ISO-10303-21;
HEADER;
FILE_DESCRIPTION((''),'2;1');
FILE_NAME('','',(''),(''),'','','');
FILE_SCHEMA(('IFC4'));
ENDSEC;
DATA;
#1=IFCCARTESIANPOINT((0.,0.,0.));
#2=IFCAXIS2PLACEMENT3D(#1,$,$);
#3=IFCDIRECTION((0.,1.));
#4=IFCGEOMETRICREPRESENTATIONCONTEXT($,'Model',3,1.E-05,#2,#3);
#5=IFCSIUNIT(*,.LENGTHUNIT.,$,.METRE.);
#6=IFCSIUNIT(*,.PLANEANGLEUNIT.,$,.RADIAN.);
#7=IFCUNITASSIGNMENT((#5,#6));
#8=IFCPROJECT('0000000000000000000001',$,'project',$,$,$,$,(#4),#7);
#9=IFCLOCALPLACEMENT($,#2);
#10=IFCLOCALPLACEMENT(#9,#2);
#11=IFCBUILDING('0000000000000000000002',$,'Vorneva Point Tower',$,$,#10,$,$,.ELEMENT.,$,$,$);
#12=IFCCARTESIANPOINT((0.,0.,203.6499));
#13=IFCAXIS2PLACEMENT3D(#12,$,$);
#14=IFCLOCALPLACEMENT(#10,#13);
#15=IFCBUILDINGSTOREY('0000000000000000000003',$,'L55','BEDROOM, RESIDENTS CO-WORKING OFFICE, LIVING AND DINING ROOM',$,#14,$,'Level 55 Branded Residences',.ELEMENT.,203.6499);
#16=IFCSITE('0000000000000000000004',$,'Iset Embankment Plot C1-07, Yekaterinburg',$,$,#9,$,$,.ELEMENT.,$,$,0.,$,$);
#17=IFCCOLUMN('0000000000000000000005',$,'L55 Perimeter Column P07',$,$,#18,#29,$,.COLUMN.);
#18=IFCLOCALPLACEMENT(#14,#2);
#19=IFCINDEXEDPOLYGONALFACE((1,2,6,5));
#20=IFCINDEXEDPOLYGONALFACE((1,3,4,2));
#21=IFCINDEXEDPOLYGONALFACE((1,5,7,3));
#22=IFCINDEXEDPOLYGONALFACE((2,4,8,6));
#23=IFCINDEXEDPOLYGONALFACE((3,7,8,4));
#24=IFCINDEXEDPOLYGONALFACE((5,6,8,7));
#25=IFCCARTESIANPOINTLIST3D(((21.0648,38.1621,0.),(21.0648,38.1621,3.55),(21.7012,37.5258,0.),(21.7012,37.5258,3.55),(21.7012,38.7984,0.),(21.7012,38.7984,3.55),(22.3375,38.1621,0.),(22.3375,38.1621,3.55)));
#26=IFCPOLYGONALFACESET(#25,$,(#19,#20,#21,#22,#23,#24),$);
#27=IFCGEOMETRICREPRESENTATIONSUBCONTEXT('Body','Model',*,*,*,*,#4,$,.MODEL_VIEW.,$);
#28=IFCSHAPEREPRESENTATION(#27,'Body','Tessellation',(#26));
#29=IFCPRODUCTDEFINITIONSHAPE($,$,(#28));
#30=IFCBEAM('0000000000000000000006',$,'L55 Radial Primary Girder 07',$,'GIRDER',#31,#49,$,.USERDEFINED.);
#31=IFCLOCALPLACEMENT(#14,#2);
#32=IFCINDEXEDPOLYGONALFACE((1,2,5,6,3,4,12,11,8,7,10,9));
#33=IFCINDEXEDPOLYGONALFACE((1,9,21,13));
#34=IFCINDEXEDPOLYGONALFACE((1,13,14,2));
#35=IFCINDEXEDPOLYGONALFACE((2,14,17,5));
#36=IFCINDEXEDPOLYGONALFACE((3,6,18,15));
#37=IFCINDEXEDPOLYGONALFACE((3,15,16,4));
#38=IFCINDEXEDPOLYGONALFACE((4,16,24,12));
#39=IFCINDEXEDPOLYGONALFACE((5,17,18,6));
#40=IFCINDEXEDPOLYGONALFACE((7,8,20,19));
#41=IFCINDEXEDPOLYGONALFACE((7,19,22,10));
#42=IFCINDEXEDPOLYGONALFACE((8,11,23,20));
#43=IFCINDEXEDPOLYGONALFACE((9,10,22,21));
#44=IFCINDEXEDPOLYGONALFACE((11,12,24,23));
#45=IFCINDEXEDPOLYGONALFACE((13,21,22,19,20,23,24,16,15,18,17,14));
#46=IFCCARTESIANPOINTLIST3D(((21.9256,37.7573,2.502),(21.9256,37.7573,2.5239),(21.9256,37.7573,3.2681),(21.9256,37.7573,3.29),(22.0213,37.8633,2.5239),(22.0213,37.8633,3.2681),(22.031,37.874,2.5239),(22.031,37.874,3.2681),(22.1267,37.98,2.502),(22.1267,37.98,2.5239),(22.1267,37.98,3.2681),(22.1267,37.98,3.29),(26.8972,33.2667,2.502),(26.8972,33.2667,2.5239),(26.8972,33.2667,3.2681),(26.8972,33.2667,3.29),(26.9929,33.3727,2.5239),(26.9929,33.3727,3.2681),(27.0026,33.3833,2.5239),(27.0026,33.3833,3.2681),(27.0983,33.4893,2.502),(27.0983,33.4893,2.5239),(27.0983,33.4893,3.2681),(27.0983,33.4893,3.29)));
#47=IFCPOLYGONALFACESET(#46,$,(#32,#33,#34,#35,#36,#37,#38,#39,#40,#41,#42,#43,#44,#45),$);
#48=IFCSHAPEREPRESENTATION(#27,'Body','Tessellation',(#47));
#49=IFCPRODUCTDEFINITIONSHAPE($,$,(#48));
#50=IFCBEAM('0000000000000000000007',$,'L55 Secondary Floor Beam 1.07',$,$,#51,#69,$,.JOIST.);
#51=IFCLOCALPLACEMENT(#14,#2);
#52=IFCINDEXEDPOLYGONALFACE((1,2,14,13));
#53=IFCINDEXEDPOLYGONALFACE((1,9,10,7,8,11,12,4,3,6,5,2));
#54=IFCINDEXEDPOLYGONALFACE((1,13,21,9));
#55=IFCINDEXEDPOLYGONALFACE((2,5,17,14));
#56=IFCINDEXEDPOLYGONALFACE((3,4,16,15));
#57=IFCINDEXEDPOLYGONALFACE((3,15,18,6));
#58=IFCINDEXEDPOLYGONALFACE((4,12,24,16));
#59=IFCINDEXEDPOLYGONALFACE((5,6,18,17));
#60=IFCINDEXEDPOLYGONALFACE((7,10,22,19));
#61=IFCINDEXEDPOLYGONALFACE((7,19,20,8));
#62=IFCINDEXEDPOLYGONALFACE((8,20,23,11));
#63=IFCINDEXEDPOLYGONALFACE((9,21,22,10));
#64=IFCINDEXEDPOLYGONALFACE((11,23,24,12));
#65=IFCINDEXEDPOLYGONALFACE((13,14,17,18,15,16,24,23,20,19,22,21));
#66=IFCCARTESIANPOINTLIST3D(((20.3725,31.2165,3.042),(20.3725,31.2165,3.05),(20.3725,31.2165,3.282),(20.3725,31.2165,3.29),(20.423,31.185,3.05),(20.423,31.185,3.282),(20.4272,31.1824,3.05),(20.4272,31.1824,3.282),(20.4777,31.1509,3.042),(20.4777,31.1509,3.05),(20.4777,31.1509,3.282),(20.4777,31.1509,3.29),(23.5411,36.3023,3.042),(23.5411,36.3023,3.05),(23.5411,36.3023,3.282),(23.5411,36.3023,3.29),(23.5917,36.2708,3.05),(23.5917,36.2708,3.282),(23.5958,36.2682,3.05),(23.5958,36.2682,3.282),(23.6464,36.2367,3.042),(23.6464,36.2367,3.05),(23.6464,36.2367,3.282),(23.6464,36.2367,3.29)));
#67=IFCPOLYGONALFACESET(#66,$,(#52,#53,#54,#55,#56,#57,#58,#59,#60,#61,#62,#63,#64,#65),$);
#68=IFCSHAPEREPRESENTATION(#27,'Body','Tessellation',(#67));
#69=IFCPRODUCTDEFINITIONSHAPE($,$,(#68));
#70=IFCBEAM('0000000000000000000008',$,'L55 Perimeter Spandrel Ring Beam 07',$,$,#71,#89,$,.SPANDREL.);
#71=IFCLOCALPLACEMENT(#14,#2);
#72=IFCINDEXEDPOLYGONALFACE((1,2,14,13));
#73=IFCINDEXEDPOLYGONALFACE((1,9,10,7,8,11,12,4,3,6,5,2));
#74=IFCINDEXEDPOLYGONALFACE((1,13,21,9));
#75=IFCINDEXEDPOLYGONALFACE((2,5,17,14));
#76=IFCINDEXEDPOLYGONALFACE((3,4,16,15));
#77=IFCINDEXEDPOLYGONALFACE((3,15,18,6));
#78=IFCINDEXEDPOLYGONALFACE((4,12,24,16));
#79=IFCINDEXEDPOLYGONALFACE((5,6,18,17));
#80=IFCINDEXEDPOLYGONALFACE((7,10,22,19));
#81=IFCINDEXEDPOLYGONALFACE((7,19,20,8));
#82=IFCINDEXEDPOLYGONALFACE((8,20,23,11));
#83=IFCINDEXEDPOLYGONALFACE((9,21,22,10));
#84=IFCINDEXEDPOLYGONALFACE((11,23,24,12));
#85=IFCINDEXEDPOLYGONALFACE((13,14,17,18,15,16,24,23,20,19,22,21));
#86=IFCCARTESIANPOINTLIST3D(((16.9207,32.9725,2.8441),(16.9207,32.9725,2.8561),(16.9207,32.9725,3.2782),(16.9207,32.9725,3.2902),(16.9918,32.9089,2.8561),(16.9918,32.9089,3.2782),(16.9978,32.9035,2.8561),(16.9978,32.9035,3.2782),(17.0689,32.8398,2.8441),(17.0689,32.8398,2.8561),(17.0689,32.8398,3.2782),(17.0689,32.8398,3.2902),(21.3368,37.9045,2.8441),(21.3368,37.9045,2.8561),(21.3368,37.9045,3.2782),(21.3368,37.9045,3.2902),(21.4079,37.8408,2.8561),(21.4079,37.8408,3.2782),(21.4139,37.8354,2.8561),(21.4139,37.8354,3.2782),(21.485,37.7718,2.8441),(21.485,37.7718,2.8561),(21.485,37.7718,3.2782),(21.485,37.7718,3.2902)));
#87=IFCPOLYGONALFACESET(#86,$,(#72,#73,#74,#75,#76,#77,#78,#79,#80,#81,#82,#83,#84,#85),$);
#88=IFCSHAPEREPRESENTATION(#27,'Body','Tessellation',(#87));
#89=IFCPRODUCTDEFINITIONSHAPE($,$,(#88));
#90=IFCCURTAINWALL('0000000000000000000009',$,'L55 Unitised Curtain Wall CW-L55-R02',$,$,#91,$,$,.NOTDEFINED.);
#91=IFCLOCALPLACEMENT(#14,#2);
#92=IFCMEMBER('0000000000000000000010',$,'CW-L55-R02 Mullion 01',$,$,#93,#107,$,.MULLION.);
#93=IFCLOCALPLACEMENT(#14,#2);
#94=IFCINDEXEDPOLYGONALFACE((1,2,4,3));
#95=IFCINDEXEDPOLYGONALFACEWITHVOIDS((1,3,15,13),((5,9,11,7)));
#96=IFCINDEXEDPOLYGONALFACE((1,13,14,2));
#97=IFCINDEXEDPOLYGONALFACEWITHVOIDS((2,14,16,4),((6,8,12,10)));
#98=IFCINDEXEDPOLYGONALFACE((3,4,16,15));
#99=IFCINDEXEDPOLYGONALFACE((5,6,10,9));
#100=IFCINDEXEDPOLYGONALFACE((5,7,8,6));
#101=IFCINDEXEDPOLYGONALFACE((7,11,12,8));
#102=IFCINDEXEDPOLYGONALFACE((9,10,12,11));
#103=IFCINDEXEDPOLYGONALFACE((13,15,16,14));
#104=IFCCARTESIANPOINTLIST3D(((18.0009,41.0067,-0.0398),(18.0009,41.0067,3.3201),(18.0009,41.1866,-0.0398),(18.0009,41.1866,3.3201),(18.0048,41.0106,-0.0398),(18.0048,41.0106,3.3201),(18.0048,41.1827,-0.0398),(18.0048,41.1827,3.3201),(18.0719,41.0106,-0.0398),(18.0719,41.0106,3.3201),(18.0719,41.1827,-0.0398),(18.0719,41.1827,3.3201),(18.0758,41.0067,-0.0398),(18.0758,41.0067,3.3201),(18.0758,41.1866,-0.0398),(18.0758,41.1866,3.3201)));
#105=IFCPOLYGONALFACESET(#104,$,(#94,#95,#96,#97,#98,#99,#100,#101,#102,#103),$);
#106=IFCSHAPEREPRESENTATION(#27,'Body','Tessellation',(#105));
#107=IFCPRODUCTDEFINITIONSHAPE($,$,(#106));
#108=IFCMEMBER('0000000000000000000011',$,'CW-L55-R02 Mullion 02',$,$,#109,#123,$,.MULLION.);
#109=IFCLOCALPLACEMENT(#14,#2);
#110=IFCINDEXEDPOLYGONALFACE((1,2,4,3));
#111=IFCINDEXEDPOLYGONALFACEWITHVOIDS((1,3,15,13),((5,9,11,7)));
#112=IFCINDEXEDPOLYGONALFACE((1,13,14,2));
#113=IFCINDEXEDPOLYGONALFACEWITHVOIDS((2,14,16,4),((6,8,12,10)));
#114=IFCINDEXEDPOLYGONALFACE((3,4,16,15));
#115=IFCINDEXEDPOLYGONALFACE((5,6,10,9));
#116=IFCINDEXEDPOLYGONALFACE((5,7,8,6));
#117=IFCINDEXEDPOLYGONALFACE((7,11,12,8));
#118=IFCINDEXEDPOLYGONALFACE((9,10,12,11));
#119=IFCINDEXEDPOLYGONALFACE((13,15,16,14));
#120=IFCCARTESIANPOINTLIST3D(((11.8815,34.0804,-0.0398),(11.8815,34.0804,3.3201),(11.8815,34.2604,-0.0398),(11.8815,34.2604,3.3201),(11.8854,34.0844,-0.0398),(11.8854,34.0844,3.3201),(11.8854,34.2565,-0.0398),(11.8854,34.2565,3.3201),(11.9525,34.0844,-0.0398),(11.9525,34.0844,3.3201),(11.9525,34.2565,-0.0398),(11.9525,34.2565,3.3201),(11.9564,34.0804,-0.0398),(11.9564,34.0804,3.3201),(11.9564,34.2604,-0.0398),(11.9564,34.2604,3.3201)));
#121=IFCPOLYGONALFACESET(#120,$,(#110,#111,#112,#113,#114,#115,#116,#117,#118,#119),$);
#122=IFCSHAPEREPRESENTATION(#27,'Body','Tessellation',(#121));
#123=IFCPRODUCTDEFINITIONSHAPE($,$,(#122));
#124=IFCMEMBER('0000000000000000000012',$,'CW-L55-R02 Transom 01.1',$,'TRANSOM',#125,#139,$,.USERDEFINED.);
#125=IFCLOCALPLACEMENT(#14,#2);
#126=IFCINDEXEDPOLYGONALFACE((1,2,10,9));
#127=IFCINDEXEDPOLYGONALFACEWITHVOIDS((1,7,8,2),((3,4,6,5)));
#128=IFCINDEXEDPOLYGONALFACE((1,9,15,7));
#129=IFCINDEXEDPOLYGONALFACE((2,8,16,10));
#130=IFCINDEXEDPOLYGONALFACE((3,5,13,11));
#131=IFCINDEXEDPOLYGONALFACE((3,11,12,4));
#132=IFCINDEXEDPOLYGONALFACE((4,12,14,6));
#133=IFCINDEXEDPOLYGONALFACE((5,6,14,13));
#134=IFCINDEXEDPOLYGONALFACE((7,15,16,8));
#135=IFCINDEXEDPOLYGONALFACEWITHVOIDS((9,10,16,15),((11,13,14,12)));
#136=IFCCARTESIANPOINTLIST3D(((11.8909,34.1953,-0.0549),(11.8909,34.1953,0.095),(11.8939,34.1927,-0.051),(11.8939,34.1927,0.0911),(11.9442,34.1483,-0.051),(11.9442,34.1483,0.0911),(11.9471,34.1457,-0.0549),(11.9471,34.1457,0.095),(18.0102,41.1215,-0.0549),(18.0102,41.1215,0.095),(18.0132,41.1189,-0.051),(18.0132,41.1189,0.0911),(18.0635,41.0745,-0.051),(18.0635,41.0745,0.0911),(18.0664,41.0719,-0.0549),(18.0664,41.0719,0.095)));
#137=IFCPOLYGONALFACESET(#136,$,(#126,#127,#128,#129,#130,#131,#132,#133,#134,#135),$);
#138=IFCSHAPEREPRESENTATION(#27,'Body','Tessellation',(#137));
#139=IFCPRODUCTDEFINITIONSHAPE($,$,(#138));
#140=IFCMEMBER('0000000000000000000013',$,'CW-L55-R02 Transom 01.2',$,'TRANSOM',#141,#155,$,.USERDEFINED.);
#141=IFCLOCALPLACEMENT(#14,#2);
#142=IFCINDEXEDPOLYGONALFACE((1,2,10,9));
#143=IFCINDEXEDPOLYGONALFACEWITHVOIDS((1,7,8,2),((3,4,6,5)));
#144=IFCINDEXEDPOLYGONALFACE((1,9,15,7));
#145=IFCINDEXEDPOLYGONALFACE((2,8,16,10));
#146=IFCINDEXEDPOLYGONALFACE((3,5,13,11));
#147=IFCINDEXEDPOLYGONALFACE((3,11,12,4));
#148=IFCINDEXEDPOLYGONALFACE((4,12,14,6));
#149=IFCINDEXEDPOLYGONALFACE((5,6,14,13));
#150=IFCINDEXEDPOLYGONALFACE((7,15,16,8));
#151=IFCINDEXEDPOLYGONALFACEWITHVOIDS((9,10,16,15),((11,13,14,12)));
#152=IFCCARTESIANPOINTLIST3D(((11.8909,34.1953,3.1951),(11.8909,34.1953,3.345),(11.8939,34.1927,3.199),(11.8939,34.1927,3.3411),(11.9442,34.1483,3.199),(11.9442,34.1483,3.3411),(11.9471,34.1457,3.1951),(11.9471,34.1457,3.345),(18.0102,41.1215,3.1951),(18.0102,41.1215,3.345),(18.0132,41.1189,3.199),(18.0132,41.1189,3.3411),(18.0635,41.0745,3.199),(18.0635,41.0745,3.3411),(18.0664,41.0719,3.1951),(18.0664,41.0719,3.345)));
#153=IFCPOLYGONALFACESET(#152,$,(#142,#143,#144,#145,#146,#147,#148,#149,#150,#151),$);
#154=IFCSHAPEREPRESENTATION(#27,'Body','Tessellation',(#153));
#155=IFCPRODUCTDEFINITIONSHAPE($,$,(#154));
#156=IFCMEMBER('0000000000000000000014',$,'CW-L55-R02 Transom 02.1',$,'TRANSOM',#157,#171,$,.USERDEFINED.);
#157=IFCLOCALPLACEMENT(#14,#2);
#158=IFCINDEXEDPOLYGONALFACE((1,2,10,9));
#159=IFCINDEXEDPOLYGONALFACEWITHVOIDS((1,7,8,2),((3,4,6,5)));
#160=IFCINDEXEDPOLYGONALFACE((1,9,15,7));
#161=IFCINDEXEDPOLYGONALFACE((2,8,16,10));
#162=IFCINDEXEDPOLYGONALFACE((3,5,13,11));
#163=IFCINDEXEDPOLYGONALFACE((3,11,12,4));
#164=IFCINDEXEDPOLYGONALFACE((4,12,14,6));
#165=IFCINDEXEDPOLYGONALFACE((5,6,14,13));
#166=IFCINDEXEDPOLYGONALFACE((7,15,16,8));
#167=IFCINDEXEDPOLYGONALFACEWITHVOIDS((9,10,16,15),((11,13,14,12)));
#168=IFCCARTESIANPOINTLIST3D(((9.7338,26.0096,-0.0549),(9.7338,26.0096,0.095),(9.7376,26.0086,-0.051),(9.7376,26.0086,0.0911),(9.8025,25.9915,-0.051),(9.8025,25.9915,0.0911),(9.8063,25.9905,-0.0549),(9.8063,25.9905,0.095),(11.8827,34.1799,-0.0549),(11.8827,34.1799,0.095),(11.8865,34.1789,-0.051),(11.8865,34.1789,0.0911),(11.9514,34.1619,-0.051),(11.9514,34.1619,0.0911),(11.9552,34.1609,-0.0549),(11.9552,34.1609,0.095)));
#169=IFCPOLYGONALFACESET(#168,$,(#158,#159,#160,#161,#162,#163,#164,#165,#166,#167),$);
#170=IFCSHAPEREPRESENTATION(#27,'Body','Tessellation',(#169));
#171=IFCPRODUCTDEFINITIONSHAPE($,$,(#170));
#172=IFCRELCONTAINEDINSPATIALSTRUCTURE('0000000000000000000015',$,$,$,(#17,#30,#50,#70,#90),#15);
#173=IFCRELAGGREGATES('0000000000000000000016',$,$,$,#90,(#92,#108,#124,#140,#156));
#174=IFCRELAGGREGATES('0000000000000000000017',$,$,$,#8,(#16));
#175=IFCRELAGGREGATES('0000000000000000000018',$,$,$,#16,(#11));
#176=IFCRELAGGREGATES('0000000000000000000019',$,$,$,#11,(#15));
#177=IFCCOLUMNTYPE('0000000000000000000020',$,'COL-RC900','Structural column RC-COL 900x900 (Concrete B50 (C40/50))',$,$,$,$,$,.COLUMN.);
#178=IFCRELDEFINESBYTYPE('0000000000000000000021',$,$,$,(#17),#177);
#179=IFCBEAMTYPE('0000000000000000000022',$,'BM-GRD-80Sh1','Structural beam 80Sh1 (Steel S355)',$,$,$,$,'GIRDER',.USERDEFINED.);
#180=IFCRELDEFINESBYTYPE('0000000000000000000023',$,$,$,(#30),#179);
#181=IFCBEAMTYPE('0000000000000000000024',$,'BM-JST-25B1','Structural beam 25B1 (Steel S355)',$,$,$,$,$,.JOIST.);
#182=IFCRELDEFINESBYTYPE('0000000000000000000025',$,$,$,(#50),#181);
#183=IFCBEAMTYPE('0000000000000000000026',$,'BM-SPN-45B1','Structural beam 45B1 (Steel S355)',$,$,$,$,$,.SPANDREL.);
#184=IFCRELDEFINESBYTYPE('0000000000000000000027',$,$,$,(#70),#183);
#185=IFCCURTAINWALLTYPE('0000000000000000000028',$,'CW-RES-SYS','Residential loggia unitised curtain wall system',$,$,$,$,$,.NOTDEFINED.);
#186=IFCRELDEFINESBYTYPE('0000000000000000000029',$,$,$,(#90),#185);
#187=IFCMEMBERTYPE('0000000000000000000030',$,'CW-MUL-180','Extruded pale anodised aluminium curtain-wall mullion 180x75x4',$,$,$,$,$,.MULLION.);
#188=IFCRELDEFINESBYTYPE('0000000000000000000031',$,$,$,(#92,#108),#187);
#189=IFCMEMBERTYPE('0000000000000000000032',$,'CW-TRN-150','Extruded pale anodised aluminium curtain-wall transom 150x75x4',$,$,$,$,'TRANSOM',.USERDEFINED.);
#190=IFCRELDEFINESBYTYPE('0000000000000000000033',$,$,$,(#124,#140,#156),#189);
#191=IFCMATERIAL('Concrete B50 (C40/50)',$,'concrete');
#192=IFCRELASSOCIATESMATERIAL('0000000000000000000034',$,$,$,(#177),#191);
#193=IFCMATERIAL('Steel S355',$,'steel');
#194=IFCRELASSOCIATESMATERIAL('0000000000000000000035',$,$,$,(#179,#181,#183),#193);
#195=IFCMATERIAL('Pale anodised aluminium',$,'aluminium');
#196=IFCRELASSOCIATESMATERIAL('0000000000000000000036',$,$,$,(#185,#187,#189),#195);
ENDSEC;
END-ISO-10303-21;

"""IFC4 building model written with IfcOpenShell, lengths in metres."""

from ifc_helpers import new_model, si_unit, direction, frame, origin, origin_2d, place, context, subcontext, project, spatial, rectangle, hollow_rectangle, i_section, extrude, material, material_profile, profile_set, type_object, element, aggregate, save


model = new_model("IFC4")

# Units and contexts
model_context = context("Model", 3, precision=1e-05, world=origin(), true_north=direction((0.0, 1.0)))
body_context = subcontext(model_context, "Body", "Model", "MODEL_VIEW")
ifc_project = project(units=[si_unit("LENGTHUNIT", "METRE"), si_unit("PLANEANGLEUNIT", "RADIAN")], contexts=[model_context])

# Site, building, storey
site_placement = place(None, origin())
site = spatial("IfcSite", under=ifc_project, at=site_placement, Name="Iset Embankment Plot C1-07, Yekaterinburg", CompositionType="ELEMENT", RefElevation=0.0)
building_placement = place(site_placement, origin())
building = spatial("IfcBuilding", under=site, at=building_placement, Name="Vorneva Point Tower", CompositionType="ELEMENT")
storey_placement = place(building_placement, frame((0.0, 0.0, 203.6499)))
storey = spatial("IfcBuildingStorey", under=building, at=storey_placement, Name="L55", Description="BEDROOM, RESIDENTS CO-WORKING OFFICE, LIVING AND DINING ROOM", LongName="Level 55 Branded Residences", CompositionType="ELEMENT", Elevation=203.6499)

# Column
ifc_material_1 = material(Name="Concrete B50 (C40/50)", Category="concrete")
ifc_material_profile_1 = material_profile(ifc_material_1, rectangle(XDim=0.8999, YDim=0.8999, at=origin_2d()), Name="RC-COL 900x900")
ifc_profile_set_1 = profile_set([ifc_material_profile_1], Name="Concrete B50 (C40/50)")
column_type = type_object("IfcColumnType", Name="COL-RC900", Description="Structural column RC-COL 900x900 (Concrete B50 (C40/50))", PredefinedType="COLUMN", material=ifc_profile_set_1)
column_placement = place(storey_placement, frame((21.7012, 38.1621, 0.0), z_axis=(0.0, 0.0, 1.0), x_axis=(-0.707107, 0.707107, 0.0)))
element("IfcColumn", 1, at=column_placement, inside=storey, type_object=column_type, Name="L55 Perimeter Column P07", PredefinedType="COLUMN", context=body_context, shape_type="SweptSolid", body=[
    extrude(rectangle(XDim=0.8999, YDim=0.8999, at=origin_2d()), origin(), (0.0, 0.0, 1.0), 3.55),
])

# Beams
ifc_material_2 = material(Name="Steel S355", Category="steel")
ifc_material_profile_2 = material_profile(ifc_material_2, i_section(OverallWidth=0.3, OverallDepth=0.7881, WebThickness=0.0144, FlangeThickness=0.022, at=origin_2d()), Name="80Sh1")
ifc_profile_set_2 = profile_set([ifc_material_profile_2], Name="Steel S355")
beam_type_1 = type_object("IfcBeamType", Name="BM-GRD-80Sh1", Description="Structural beam 80Sh1 (Steel S355)", ElementType="GIRDER", PredefinedType="USERDEFINED", material=ifc_profile_set_2)
beam_1_placement = place(storey_placement, frame((22.0261, 37.8687, 2.896), z_axis=(0.74209, -0.670301, 0.0), x_axis=(0.670301, 0.74209, 0.0)))
element("IfcBeam", 2, at=beam_1_placement, inside=storey, type_object=beam_type_1, Name="L55 Radial Primary Girder 07", ObjectType="GIRDER", PredefinedType="USERDEFINED", context=body_context, shape_type="SweptSolid", body=[
    extrude(i_section(OverallWidth=0.3, OverallDepth=0.7881, WebThickness=0.0144, FlangeThickness=0.022, at=origin_2d()), origin(), (0.0, 0.0, 1.0), 6.6995),
])
ifc_material_profile_3 = material_profile(ifc_material_2, i_section(OverallWidth=0.124, OverallDepth=0.248, WebThickness=0.0049, FlangeThickness=0.0081, at=origin_2d()), Name="25B1")
ifc_profile_set_3 = profile_set([ifc_material_profile_3], Name="Steel S355")
beam_type_2 = type_object("IfcBeamType", Name="BM-JST-25B1", Description="Structural beam 25B1 (Steel S355)", PredefinedType="JOIST", material=ifc_profile_set_3)
beam_2_placement = place(storey_placement, frame((23.5938, 36.2695, 3.166), z_axis=(-0.528797, -0.848748, 0.0), x_axis=(0.848748, -0.528797, 0.0)))
element("IfcBeam", 3, at=beam_2_placement, inside=storey, type_object=beam_type_2, Name="L55 Secondary Floor Beam 1.07", PredefinedType="JOIST", context=body_context, shape_type="SweptSolid", body=[
    extrude(i_section(OverallWidth=0.124, OverallDepth=0.248, WebThickness=0.0049, FlangeThickness=0.0081, at=origin_2d()), origin(), (0.0, 0.0, 1.0), 5.9922),
])
ifc_material_profile_4 = material_profile(ifc_material_2, i_section(OverallWidth=0.199, OverallDepth=0.446, WebThickness=0.0081, FlangeThickness=0.012, at=origin_2d()), Name="45B1")
ifc_profile_set_4 = profile_set([ifc_material_profile_4], Name="Steel S355")
beam_type_3 = type_object("IfcBeamType", Name="BM-SPN-45B1", Description="Structural beam 45B1 (Steel S355)", PredefinedType="SPANDREL", material=ifc_profile_set_4)
beam_3_placement = place(storey_placement, frame((21.4109, 37.8381, 3.0671), z_axis=(-0.66707, -0.744995, 0.0), x_axis=(0.744995, -0.66707, 0.0)))
element("IfcBeam", 4, at=beam_3_placement, inside=storey, type_object=beam_type_3, Name="L55 Perimeter Spandrel Ring Beam 07", PredefinedType="SPANDREL", context=body_context, shape_type="SweptSolid", body=[
    extrude(i_section(OverallWidth=0.199, OverallDepth=0.446, WebThickness=0.0081, FlangeThickness=0.012, at=origin_2d()), origin(), (0.0, 0.0, 1.0), 6.6201),
])

# Curtain wall, members
ifc_material_3 = material(Name="Pale anodised aluminium", Category="aluminium")
curtain_wall_type = type_object("IfcCurtainWallType", Name="CW-RES-SYS", Description="Residential loggia unitised curtain wall system", PredefinedType="NOTDEFINED", material=ifc_material_3)
curtain_wall_placement = place(storey_placement, origin())
curtain_wall = element("IfcCurtainWall", 5, at=curtain_wall_placement, inside=storey, type_object=curtain_wall_type, Name="L55 Unitised Curtain Wall CW-L55-R02", PredefinedType="NOTDEFINED")
ifc_material_profile_5 = material_profile(ifc_material_3, hollow_rectangle(XDim=0.075, YDim=0.1799, WallThickness=0.0039, at=origin_2d()), Name="AL-MUL 180x75x4")
ifc_profile_set_5 = profile_set([ifc_material_profile_5], Name="Pale anodised aluminium")
member_type_1 = type_object("IfcMemberType", Name="CW-MUL-180", Description="Extruded pale anodised aluminium curtain-wall mullion 180x75x4", PredefinedType="MULLION", material=ifc_profile_set_5)
member_1_placement = place(storey_placement, frame((18.0383, 41.0967, -0.0398), z_axis=(0.0, 0.0, 1.0), x_axis=(1.0, 0.0, 0.0)))
member_1 = element("IfcMember", 6, at=member_1_placement, type_object=member_type_1, Name="CW-L55-R02 Mullion 01", PredefinedType="MULLION", context=body_context, shape_type="SweptSolid", body=[
    extrude(hollow_rectangle(XDim=0.075, YDim=0.1799, WallThickness=0.0039, at=origin_2d()), origin(), (0.0, 0.0, 1.0), 3.3599),
])
member_2_placement = place(storey_placement, frame((11.9189, 34.1704, -0.0398), z_axis=(0.0, 0.0, 1.0), x_axis=(1.0, 0.0, 0.0)))
member_2 = element("IfcMember", 7, at=member_2_placement, type_object=member_type_1, Name="CW-L55-R02 Mullion 02", PredefinedType="MULLION", context=body_context, shape_type="SweptSolid", body=[
    extrude(hollow_rectangle(XDim=0.075, YDim=0.1799, WallThickness=0.0039, at=origin_2d()), origin(), (0.0, 0.0, 1.0), 3.3599),
])
ifc_material_profile_6 = material_profile(ifc_material_3, hollow_rectangle(XDim=0.075, YDim=0.1499, WallThickness=0.0039, at=origin_2d()), Name="AL-TRN 150x75x4")
ifc_profile_set_6 = profile_set([ifc_material_profile_6], Name="Pale anodised aluminium")
member_type_2 = type_object("IfcMemberType", Name="CW-TRN-150", Description="Extruded pale anodised aluminium curtain-wall transom 150x75x4", ElementType="TRANSOM", PredefinedType="USERDEFINED", material=ifc_profile_set_6)
member_3_placement = place(storey_placement, frame((18.0383, 41.0967, 0.02), z_axis=(-0.662106, -0.74941, 0.0), x_axis=(0.74941, -0.662106, 0.0)))
member_3 = element("IfcMember", 8, at=member_3_placement, type_object=member_type_2, Name="CW-L55-R02 Transom 01.1", ObjectType="TRANSOM", PredefinedType="USERDEFINED", context=body_context, shape_type="SweptSolid", body=[
    extrude(hollow_rectangle(XDim=0.075, YDim=0.1499, WallThickness=0.0039, at=origin_2d()), origin(), (0.0, 0.0, 1.0), 9.2422),
])
member_4_placement = place(storey_placement, frame((18.0383, 41.0967, 3.27), z_axis=(-0.662106, -0.74941, 0.0), x_axis=(0.74941, -0.662106, 0.0)))
member_4 = element("IfcMember", 9, at=member_4_placement, type_object=member_type_2, Name="CW-L55-R02 Transom 01.2", ObjectType="TRANSOM", PredefinedType="USERDEFINED", context=body_context, shape_type="SweptSolid", body=[
    extrude(hollow_rectangle(XDim=0.075, YDim=0.1499, WallThickness=0.0039, at=origin_2d()), origin(), (0.0, 0.0, 1.0), 9.2422),
])
member_5_placement = place(storey_placement, frame((11.9189, 34.1704, 0.02), z_axis=(-0.254362, -0.967109, 0.0), x_axis=(0.967109, -0.254362, 0.0)))
member_5 = element("IfcMember", 10, at=member_5_placement, type_object=member_type_2, Name="CW-L55-R02 Transom 02.1", ObjectType="TRANSOM", PredefinedType="USERDEFINED", context=body_context, shape_type="SweptSolid", body=[
    extrude(hollow_rectangle(XDim=0.075, YDim=0.1499, WallThickness=0.0039, at=origin_2d()), origin(), (0.0, 0.0, 1.0), 8.4482),
])
aggregate(curtain_wall, [member_1, member_2, member_3, member_4, member_5])

save(model, "model.ifc")
